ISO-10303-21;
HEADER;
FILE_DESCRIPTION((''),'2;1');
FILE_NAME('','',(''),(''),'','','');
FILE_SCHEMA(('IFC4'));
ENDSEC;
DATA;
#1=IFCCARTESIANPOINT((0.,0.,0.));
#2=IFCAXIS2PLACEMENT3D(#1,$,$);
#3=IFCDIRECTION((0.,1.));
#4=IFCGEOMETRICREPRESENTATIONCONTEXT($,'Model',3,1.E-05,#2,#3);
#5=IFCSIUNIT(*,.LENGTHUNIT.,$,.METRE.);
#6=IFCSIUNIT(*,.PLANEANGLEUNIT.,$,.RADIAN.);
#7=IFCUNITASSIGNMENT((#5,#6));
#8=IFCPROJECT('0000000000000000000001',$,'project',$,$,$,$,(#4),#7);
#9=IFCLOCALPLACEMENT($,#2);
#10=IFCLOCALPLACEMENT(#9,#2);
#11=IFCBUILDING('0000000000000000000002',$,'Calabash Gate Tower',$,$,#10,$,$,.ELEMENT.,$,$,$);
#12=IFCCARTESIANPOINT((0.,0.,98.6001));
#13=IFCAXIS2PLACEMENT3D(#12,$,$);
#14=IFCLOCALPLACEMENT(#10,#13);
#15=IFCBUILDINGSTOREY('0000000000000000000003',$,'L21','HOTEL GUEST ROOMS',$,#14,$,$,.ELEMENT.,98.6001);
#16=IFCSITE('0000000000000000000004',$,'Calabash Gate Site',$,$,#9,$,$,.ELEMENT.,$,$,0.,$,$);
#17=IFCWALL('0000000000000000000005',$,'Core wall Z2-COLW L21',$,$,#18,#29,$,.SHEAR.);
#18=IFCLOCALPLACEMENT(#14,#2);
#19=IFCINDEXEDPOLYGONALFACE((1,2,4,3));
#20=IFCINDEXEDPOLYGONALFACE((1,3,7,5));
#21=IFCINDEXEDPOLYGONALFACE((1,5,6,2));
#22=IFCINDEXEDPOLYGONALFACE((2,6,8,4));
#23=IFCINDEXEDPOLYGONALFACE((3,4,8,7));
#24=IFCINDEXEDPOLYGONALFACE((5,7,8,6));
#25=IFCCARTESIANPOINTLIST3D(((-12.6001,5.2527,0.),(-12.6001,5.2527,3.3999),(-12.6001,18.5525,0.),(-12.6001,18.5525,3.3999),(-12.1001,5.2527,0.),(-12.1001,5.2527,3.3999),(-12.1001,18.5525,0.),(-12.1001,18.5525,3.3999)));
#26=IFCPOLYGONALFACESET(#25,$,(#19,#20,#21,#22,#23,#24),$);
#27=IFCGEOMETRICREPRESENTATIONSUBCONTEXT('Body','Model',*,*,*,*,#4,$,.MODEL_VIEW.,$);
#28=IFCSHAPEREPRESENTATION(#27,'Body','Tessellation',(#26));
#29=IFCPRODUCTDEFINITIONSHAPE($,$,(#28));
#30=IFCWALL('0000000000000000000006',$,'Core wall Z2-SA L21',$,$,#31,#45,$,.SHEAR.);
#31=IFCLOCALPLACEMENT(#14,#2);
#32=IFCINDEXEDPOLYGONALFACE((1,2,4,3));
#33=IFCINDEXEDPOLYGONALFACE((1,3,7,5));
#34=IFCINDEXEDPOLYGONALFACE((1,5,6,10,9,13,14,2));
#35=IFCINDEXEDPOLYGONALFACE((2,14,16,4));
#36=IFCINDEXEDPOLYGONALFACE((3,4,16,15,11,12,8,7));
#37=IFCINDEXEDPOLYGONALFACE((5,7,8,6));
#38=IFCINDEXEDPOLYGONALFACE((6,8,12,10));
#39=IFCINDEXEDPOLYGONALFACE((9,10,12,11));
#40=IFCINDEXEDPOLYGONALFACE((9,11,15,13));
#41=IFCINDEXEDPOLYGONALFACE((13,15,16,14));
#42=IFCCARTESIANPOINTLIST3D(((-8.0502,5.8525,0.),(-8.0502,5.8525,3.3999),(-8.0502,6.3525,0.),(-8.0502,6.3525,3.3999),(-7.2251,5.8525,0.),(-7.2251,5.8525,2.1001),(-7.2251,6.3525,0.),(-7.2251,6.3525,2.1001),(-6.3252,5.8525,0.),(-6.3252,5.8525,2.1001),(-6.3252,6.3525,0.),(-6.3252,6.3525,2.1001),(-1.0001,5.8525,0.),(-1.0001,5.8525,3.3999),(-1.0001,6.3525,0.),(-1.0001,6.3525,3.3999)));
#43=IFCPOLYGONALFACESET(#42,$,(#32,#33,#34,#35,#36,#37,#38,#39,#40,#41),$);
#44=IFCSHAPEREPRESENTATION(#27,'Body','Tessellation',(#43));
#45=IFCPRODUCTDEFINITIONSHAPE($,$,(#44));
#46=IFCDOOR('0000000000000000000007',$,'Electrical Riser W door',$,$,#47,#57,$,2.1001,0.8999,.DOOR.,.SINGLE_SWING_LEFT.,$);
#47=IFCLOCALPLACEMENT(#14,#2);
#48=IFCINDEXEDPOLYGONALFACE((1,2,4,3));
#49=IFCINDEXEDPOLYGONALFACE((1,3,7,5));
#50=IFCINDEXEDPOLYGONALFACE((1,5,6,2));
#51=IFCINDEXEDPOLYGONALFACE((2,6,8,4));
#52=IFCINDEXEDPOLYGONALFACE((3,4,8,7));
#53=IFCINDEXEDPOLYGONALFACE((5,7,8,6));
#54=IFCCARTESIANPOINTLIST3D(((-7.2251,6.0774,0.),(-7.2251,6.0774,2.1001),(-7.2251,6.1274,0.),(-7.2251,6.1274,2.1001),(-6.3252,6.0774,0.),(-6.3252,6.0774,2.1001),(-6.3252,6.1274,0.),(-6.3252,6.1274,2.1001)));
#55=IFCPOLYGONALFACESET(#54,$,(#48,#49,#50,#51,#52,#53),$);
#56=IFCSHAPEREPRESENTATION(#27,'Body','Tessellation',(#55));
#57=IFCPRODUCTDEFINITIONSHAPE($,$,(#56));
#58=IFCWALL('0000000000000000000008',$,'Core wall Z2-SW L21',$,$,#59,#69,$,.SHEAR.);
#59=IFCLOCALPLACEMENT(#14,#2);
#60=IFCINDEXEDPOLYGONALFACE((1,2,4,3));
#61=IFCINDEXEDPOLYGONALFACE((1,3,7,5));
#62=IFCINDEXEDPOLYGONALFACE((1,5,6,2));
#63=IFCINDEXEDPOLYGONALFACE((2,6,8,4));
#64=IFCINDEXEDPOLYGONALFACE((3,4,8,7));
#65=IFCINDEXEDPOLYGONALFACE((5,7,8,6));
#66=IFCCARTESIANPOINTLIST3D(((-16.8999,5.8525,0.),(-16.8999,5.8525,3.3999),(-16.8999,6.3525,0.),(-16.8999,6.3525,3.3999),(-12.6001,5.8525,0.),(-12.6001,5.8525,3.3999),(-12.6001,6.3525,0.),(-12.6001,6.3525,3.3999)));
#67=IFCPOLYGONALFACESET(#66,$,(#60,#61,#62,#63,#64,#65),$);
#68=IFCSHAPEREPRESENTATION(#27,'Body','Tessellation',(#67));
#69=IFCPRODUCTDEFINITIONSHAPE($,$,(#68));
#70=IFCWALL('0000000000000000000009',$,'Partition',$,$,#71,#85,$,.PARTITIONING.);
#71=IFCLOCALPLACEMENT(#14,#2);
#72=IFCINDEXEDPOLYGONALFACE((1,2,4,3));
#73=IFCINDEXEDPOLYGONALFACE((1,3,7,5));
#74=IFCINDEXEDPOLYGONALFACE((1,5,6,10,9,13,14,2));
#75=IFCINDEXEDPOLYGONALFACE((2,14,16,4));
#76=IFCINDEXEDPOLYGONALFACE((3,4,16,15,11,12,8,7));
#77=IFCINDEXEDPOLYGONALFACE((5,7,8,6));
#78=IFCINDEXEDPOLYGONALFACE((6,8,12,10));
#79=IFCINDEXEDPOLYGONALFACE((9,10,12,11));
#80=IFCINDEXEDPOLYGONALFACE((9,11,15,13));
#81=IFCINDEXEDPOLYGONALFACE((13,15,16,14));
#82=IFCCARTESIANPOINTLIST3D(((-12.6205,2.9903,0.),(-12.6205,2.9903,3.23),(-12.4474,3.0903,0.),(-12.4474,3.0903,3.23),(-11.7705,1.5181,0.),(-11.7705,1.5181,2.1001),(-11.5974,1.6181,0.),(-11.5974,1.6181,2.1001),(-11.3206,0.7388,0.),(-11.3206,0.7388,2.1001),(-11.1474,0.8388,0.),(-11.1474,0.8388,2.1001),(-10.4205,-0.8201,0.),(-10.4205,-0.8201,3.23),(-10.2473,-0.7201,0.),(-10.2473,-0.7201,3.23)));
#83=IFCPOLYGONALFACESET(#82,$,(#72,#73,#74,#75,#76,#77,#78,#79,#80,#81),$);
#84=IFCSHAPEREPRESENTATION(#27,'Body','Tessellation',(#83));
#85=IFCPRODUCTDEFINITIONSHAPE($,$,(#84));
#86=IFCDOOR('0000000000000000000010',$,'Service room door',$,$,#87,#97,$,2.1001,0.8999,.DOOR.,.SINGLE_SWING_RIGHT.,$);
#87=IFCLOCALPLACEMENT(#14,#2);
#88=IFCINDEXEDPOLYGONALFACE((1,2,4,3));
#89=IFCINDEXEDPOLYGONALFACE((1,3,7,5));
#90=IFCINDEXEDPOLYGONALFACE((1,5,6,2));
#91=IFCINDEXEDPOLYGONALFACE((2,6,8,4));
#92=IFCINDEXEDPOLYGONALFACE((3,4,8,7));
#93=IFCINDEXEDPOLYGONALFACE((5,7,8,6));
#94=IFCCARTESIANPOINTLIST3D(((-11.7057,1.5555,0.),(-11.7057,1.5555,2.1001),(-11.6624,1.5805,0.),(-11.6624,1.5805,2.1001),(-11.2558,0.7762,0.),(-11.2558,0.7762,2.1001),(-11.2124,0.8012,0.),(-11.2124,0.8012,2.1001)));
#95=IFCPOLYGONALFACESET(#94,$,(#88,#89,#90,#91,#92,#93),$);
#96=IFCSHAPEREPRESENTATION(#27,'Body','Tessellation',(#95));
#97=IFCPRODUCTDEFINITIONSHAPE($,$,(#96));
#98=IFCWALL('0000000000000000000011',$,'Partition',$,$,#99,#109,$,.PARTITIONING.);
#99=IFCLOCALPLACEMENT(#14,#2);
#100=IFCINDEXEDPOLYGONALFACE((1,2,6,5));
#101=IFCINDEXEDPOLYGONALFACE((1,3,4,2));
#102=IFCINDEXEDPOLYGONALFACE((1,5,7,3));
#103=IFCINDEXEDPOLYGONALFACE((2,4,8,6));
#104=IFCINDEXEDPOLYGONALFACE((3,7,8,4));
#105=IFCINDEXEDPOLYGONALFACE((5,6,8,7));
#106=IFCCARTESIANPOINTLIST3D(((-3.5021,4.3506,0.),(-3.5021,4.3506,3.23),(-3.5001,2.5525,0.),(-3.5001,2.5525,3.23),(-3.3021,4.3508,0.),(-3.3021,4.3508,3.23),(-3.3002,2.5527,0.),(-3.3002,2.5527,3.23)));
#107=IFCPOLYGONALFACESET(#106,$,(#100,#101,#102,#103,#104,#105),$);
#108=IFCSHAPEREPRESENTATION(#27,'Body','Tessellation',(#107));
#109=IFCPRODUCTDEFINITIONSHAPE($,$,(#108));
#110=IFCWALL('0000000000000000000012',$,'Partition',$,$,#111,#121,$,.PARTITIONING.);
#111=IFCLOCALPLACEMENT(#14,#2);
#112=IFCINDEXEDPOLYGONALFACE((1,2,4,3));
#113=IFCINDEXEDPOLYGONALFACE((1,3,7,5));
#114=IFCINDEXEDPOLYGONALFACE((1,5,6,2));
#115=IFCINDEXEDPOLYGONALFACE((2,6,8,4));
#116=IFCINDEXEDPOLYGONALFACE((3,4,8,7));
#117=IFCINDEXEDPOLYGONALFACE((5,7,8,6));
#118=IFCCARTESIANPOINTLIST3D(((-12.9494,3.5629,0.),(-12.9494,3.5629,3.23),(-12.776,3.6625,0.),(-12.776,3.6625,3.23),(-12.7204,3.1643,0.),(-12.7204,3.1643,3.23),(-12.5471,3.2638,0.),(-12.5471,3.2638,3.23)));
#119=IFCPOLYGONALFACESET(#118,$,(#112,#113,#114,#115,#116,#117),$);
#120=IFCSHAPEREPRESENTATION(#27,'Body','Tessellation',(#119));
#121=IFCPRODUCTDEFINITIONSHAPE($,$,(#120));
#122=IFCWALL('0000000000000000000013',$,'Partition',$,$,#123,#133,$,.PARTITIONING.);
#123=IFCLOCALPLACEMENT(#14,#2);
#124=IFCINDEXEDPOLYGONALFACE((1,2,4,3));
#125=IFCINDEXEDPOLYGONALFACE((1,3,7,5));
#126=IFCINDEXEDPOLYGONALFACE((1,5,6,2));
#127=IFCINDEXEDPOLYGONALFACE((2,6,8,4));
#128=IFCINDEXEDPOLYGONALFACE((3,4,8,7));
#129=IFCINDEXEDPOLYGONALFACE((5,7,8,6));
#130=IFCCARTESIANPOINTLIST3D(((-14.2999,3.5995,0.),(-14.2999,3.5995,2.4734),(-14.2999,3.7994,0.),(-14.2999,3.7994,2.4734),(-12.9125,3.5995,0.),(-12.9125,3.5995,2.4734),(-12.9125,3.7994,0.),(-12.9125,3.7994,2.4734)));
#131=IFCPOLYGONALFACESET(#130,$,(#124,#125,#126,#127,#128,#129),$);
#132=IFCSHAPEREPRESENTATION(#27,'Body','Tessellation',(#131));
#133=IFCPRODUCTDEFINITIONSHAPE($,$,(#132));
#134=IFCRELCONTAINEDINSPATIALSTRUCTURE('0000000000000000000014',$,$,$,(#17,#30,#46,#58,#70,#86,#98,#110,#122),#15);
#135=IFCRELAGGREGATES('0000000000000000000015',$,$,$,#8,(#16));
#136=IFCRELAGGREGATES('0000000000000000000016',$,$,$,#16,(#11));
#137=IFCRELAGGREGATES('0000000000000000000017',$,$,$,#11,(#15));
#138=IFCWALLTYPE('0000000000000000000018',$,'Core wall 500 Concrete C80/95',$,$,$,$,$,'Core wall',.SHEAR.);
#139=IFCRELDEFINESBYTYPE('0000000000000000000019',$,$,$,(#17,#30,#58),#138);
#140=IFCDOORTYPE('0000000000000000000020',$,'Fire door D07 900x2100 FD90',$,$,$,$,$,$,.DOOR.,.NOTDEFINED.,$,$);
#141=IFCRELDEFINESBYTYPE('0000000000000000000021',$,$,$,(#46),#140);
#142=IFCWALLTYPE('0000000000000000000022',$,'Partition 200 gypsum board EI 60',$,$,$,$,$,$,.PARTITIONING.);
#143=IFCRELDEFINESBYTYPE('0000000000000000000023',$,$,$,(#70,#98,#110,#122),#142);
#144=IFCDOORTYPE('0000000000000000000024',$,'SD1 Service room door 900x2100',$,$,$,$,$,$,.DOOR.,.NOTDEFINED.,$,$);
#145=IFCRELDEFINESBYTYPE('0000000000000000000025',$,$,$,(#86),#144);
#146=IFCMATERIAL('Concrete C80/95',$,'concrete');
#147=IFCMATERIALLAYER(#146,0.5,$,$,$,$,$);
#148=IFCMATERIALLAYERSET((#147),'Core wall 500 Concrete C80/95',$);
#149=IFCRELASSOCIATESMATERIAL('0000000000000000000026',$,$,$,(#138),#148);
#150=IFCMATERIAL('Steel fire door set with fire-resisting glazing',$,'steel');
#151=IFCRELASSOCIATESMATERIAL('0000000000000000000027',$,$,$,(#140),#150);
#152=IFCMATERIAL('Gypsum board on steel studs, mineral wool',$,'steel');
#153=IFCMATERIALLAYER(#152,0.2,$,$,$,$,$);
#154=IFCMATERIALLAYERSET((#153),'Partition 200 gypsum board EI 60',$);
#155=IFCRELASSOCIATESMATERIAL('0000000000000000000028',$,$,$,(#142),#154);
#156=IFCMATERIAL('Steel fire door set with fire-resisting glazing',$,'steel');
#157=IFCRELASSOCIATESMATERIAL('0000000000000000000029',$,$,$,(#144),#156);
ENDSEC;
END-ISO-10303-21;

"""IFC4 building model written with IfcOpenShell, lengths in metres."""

from ifc_helpers import new_model, si_unit, direction, frame, frame_2d, origin, place, context, subcontext, project, spatial, rectangle, extrude, material, layer, layer_set, type_object, element, fill, save


model = new_model("IFC4")

# Units and contexts
model_context = context("Model", 3, precision=1e-05, world=origin(), true_north=direction((0.0, 1.0)))
body_context = subcontext(model_context, "Body", "Model", "MODEL_VIEW")
ifc_project = project(units=[si_unit("LENGTHUNIT", "METRE"), si_unit("PLANEANGLEUNIT", "RADIAN")], contexts=[model_context])

# Site, building, storey
site_placement = place(None, origin())
site = spatial("IfcSite", under=ifc_project, at=site_placement, Name="Calabash Gate Site", CompositionType="ELEMENT", RefElevation=0.0)
building_placement = place(site_placement, origin())
building = spatial("IfcBuilding", under=site, at=building_placement, Name="Calabash Gate Tower", CompositionType="ELEMENT")
storey_placement = place(building_placement, frame((0.0, 0.0, 98.6001)))
storey = spatial("IfcBuildingStorey", under=building, at=storey_placement, Name="L21", Description="HOTEL GUEST ROOMS", CompositionType="ELEMENT", Elevation=98.6001)

# Wall
ifc_material_1 = material(Name="Concrete C80/95", Category="concrete")
ifc_layer_1 = layer(ifc_material_1, 0.5)
ifc_layer_set_1 = layer_set([ifc_layer_1], Name="Core wall 500 Concrete C80/95")
wall_type_1 = type_object("IfcWallType", Name="Core wall 500 Concrete C80/95", ElementType="Core wall", PredefinedType="SHEAR", material=ifc_layer_set_1)
wall_1_placement = place(storey_placement, frame((-12.3501, 5.2527, 0.0), z_axis=(0.0, 0.0, 1.0), x_axis=(0.0, 1.0, 0.0)))
element("IfcWall", 1, at=wall_1_placement, inside=storey, type_object=wall_type_1, Name="Core wall Z2-COLW L21", PredefinedType="SHEAR", context=body_context, shape_type="SweptSolid", body=[
    extrude(rectangle(XDim=13.2998, YDim=0.5, at=frame_2d((6.6499, 0.0))), origin(), (0.0, 0.0, 1.0), 3.3999),
])

# Wall, opening, door
wall_2_placement = place(storey_placement, frame((-8.05, 6.1025, 0.0), z_axis=(0.0, 0.0, 1.0), x_axis=(1.0, 0.0, 0.0)))
wall_2 = element("IfcWall", 2, at=wall_2_placement, inside=storey, type_object=wall_type_1, Name="Core wall Z2-SA L21", PredefinedType="SHEAR", context=body_context, shape_type="SweptSolid", body=[
    extrude(rectangle(XDim=7.05, YDim=0.5, at=frame_2d((3.5249, 0.0))), origin(), (0.0, 0.0, 1.0), 3.3999),
])
opening_1_placement = place(wall_2_placement, frame((0.825, 0.0, 0.0)))
opening_1 = element("IfcOpeningElement", 3, at=opening_1_placement, cuts=wall_2, PredefinedType="OPENING", context=body_context, shape_type="SweptSolid", body=[
    extrude(rectangle(XDim=0.8999, YDim=2.1001, at=frame_2d((0.45, 1.05))), frame((0.0, 0.26, 0.0), z_axis=(0.0, -1.0, 0.0), x_axis=(1.0, 0.0, 0.0)), (0.0, 0.0, 1.0), 0.52),
])
ifc_material_2 = material(Name="Steel fire door set with fire-resisting glazing", Category="steel")
door_type_1 = type_object("IfcDoorType", Name="Fire door D07 900x2100 FD90", OperationType="NOTDEFINED", PredefinedType="DOOR", material=ifc_material_2)
door_1_placement = place(opening_1_placement, origin())
door_1 = element("IfcDoor", 4, at=door_1_placement, inside=storey, type_object=door_type_1, Name="Electrical Riser W door", OperationType="SINGLE_SWING_LEFT", OverallHeight=2.1001, OverallWidth=0.8999, PredefinedType="DOOR", context=body_context, shape_type="SweptSolid", body=[
    extrude(rectangle(XDim=0.8999, YDim=2.1001, at=frame_2d((0.45, 1.05))), frame((0.0, 0.0249, 0.0), z_axis=(0.0, -1.0, 0.0), x_axis=(1.0, 0.0, 0.0)), (0.0, 0.0, 1.0), 0.05),
])
fill(opening_1, door_1)

# Wall
wall_3_placement = place(storey_placement, frame((-12.6001, 6.1025, 0.0), z_axis=(0.0, 0.0, 1.0), x_axis=(-1.0, 0.0, 0.0)))
element("IfcWall", 5, at=wall_3_placement, inside=storey, type_object=wall_type_1, Name="Core wall Z2-SW L21", PredefinedType="SHEAR", context=body_context, shape_type="SweptSolid", body=[
    extrude(rectangle(XDim=4.2998, YDim=0.5, at=frame_2d((2.1499, 0.0))), origin(), (0.0, 0.0, 1.0), 3.3999),
])

# Wall, opening, door
ifc_material_3 = material(Name="Gypsum board on steel studs, mineral wool", Category="steel")
ifc_layer_2 = layer(ifc_material_3, 0.2)
ifc_layer_set_2 = layer_set([ifc_layer_2], Name="Partition 200 gypsum board EI 60")
wall_type_2 = type_object("IfcWallType", Name="Partition 200 gypsum board EI 60", PredefinedType="PARTITIONING", material=ifc_layer_set_2)
wall_4_placement = place(storey_placement, frame((-12.5339, 3.0403, 0.0), z_axis=(0.0, 0.0, 1.0), x_axis=(0.500012, -0.866018, 0.0)))
wall_4 = element("IfcWall", 6, at=wall_4_placement, inside=storey, type_object=wall_type_2, Name="Partition", PredefinedType="PARTITIONING", context=body_context, shape_type="SweptSolid", body=[
    extrude(rectangle(XDim=4.3999, YDim=0.2, at=frame_2d((2.2, 0.0))), origin(), (0.0, 0.0, 1.0), 3.23),
])
opening_2_placement = place(wall_4_placement, frame((1.7, 0.0, 0.0)))
opening_2 = element("IfcOpeningElement", 7, at=opening_2_placement, cuts=wall_4, PredefinedType="OPENING", context=body_context, shape_type="SweptSolid", body=[
    extrude(rectangle(XDim=0.8999, YDim=2.1001, at=frame_2d((0.45, 1.05))), frame((0.0, 0.1099, 0.0), z_axis=(0.0, -1.0, 0.0), x_axis=(1.0, 0.0, 0.0)), (0.0, 0.0, 1.0), 0.22),
])
ifc_material_4 = material(Name="Steel fire door set with fire-resisting glazing", Category="steel")
door_type_2 = type_object("IfcDoorType", Name="SD1 Service room door 900x2100", OperationType="NOTDEFINED", PredefinedType="DOOR", material=ifc_material_4)
door_2_placement = place(opening_2_placement, origin())
door_2 = element("IfcDoor", 8, at=door_2_placement, inside=storey, type_object=door_type_2, Name="Service room door", OperationType="SINGLE_SWING_RIGHT", OverallHeight=2.1001, OverallWidth=0.8999, PredefinedType="DOOR", context=body_context, shape_type="SweptSolid", body=[
    extrude(rectangle(XDim=0.8999, YDim=2.1001, at=frame_2d((0.45, 1.05))), frame((0.0, 0.0249, 0.0), z_axis=(0.0, -1.0, 0.0), x_axis=(1.0, 0.0, 0.0)), (0.0, 0.0, 1.0), 0.05),
])
fill(opening_2, door_2)

# Walls
wall_5_placement = place(storey_placement, frame((-3.4021, 4.3506, 0.0), z_axis=(0.0, 0.0, 1.0), x_axis=(0.001086, -0.999999, 0.0)))
element("IfcWall", 9, at=wall_5_placement, inside=storey, type_object=wall_type_2, Name="Partition", PredefinedType="PARTITIONING", context=body_context, shape_type="SweptSolid", body=[
    extrude(rectangle(XDim=1.7981, YDim=0.2, at=frame_2d((0.8989, 0.0))), origin(), (0.0, 0.0, 1.0), 3.23),
])
wall_6_placement = place(storey_placement, frame((-12.8628, 3.6128, 0.0), z_axis=(0.0, 0.0, 1.0), x_axis=(0.498082, -0.86713, 0.0)))
element("IfcWall", 10, at=wall_6_placement, inside=storey, type_object=wall_type_2, Name="Partition", PredefinedType="PARTITIONING", context=body_context, shape_type="SweptSolid", body=[
    extrude(rectangle(XDim=0.4597, YDim=0.2, at=frame_2d((0.23, 0.0))), origin(), (0.0, 0.0, 1.0), 3.23),
])
wall_7_placement = place(storey_placement, frame((-14.3, 3.6995, 0.0), z_axis=(0.0, 0.0, 1.0), x_axis=(1.0, 0.0, 0.0)))
element("IfcWall", 11, at=wall_7_placement, inside=storey, type_object=wall_type_2, Name="Partition", PredefinedType="PARTITIONING", context=body_context, shape_type="SweptSolid", body=[
    extrude(rectangle(XDim=1.3875, YDim=0.2, at=frame_2d((0.6938, 0.0))), origin(), (0.0, 0.0, 1.0), 2.4734),
])

save(model, "model.ifc")
